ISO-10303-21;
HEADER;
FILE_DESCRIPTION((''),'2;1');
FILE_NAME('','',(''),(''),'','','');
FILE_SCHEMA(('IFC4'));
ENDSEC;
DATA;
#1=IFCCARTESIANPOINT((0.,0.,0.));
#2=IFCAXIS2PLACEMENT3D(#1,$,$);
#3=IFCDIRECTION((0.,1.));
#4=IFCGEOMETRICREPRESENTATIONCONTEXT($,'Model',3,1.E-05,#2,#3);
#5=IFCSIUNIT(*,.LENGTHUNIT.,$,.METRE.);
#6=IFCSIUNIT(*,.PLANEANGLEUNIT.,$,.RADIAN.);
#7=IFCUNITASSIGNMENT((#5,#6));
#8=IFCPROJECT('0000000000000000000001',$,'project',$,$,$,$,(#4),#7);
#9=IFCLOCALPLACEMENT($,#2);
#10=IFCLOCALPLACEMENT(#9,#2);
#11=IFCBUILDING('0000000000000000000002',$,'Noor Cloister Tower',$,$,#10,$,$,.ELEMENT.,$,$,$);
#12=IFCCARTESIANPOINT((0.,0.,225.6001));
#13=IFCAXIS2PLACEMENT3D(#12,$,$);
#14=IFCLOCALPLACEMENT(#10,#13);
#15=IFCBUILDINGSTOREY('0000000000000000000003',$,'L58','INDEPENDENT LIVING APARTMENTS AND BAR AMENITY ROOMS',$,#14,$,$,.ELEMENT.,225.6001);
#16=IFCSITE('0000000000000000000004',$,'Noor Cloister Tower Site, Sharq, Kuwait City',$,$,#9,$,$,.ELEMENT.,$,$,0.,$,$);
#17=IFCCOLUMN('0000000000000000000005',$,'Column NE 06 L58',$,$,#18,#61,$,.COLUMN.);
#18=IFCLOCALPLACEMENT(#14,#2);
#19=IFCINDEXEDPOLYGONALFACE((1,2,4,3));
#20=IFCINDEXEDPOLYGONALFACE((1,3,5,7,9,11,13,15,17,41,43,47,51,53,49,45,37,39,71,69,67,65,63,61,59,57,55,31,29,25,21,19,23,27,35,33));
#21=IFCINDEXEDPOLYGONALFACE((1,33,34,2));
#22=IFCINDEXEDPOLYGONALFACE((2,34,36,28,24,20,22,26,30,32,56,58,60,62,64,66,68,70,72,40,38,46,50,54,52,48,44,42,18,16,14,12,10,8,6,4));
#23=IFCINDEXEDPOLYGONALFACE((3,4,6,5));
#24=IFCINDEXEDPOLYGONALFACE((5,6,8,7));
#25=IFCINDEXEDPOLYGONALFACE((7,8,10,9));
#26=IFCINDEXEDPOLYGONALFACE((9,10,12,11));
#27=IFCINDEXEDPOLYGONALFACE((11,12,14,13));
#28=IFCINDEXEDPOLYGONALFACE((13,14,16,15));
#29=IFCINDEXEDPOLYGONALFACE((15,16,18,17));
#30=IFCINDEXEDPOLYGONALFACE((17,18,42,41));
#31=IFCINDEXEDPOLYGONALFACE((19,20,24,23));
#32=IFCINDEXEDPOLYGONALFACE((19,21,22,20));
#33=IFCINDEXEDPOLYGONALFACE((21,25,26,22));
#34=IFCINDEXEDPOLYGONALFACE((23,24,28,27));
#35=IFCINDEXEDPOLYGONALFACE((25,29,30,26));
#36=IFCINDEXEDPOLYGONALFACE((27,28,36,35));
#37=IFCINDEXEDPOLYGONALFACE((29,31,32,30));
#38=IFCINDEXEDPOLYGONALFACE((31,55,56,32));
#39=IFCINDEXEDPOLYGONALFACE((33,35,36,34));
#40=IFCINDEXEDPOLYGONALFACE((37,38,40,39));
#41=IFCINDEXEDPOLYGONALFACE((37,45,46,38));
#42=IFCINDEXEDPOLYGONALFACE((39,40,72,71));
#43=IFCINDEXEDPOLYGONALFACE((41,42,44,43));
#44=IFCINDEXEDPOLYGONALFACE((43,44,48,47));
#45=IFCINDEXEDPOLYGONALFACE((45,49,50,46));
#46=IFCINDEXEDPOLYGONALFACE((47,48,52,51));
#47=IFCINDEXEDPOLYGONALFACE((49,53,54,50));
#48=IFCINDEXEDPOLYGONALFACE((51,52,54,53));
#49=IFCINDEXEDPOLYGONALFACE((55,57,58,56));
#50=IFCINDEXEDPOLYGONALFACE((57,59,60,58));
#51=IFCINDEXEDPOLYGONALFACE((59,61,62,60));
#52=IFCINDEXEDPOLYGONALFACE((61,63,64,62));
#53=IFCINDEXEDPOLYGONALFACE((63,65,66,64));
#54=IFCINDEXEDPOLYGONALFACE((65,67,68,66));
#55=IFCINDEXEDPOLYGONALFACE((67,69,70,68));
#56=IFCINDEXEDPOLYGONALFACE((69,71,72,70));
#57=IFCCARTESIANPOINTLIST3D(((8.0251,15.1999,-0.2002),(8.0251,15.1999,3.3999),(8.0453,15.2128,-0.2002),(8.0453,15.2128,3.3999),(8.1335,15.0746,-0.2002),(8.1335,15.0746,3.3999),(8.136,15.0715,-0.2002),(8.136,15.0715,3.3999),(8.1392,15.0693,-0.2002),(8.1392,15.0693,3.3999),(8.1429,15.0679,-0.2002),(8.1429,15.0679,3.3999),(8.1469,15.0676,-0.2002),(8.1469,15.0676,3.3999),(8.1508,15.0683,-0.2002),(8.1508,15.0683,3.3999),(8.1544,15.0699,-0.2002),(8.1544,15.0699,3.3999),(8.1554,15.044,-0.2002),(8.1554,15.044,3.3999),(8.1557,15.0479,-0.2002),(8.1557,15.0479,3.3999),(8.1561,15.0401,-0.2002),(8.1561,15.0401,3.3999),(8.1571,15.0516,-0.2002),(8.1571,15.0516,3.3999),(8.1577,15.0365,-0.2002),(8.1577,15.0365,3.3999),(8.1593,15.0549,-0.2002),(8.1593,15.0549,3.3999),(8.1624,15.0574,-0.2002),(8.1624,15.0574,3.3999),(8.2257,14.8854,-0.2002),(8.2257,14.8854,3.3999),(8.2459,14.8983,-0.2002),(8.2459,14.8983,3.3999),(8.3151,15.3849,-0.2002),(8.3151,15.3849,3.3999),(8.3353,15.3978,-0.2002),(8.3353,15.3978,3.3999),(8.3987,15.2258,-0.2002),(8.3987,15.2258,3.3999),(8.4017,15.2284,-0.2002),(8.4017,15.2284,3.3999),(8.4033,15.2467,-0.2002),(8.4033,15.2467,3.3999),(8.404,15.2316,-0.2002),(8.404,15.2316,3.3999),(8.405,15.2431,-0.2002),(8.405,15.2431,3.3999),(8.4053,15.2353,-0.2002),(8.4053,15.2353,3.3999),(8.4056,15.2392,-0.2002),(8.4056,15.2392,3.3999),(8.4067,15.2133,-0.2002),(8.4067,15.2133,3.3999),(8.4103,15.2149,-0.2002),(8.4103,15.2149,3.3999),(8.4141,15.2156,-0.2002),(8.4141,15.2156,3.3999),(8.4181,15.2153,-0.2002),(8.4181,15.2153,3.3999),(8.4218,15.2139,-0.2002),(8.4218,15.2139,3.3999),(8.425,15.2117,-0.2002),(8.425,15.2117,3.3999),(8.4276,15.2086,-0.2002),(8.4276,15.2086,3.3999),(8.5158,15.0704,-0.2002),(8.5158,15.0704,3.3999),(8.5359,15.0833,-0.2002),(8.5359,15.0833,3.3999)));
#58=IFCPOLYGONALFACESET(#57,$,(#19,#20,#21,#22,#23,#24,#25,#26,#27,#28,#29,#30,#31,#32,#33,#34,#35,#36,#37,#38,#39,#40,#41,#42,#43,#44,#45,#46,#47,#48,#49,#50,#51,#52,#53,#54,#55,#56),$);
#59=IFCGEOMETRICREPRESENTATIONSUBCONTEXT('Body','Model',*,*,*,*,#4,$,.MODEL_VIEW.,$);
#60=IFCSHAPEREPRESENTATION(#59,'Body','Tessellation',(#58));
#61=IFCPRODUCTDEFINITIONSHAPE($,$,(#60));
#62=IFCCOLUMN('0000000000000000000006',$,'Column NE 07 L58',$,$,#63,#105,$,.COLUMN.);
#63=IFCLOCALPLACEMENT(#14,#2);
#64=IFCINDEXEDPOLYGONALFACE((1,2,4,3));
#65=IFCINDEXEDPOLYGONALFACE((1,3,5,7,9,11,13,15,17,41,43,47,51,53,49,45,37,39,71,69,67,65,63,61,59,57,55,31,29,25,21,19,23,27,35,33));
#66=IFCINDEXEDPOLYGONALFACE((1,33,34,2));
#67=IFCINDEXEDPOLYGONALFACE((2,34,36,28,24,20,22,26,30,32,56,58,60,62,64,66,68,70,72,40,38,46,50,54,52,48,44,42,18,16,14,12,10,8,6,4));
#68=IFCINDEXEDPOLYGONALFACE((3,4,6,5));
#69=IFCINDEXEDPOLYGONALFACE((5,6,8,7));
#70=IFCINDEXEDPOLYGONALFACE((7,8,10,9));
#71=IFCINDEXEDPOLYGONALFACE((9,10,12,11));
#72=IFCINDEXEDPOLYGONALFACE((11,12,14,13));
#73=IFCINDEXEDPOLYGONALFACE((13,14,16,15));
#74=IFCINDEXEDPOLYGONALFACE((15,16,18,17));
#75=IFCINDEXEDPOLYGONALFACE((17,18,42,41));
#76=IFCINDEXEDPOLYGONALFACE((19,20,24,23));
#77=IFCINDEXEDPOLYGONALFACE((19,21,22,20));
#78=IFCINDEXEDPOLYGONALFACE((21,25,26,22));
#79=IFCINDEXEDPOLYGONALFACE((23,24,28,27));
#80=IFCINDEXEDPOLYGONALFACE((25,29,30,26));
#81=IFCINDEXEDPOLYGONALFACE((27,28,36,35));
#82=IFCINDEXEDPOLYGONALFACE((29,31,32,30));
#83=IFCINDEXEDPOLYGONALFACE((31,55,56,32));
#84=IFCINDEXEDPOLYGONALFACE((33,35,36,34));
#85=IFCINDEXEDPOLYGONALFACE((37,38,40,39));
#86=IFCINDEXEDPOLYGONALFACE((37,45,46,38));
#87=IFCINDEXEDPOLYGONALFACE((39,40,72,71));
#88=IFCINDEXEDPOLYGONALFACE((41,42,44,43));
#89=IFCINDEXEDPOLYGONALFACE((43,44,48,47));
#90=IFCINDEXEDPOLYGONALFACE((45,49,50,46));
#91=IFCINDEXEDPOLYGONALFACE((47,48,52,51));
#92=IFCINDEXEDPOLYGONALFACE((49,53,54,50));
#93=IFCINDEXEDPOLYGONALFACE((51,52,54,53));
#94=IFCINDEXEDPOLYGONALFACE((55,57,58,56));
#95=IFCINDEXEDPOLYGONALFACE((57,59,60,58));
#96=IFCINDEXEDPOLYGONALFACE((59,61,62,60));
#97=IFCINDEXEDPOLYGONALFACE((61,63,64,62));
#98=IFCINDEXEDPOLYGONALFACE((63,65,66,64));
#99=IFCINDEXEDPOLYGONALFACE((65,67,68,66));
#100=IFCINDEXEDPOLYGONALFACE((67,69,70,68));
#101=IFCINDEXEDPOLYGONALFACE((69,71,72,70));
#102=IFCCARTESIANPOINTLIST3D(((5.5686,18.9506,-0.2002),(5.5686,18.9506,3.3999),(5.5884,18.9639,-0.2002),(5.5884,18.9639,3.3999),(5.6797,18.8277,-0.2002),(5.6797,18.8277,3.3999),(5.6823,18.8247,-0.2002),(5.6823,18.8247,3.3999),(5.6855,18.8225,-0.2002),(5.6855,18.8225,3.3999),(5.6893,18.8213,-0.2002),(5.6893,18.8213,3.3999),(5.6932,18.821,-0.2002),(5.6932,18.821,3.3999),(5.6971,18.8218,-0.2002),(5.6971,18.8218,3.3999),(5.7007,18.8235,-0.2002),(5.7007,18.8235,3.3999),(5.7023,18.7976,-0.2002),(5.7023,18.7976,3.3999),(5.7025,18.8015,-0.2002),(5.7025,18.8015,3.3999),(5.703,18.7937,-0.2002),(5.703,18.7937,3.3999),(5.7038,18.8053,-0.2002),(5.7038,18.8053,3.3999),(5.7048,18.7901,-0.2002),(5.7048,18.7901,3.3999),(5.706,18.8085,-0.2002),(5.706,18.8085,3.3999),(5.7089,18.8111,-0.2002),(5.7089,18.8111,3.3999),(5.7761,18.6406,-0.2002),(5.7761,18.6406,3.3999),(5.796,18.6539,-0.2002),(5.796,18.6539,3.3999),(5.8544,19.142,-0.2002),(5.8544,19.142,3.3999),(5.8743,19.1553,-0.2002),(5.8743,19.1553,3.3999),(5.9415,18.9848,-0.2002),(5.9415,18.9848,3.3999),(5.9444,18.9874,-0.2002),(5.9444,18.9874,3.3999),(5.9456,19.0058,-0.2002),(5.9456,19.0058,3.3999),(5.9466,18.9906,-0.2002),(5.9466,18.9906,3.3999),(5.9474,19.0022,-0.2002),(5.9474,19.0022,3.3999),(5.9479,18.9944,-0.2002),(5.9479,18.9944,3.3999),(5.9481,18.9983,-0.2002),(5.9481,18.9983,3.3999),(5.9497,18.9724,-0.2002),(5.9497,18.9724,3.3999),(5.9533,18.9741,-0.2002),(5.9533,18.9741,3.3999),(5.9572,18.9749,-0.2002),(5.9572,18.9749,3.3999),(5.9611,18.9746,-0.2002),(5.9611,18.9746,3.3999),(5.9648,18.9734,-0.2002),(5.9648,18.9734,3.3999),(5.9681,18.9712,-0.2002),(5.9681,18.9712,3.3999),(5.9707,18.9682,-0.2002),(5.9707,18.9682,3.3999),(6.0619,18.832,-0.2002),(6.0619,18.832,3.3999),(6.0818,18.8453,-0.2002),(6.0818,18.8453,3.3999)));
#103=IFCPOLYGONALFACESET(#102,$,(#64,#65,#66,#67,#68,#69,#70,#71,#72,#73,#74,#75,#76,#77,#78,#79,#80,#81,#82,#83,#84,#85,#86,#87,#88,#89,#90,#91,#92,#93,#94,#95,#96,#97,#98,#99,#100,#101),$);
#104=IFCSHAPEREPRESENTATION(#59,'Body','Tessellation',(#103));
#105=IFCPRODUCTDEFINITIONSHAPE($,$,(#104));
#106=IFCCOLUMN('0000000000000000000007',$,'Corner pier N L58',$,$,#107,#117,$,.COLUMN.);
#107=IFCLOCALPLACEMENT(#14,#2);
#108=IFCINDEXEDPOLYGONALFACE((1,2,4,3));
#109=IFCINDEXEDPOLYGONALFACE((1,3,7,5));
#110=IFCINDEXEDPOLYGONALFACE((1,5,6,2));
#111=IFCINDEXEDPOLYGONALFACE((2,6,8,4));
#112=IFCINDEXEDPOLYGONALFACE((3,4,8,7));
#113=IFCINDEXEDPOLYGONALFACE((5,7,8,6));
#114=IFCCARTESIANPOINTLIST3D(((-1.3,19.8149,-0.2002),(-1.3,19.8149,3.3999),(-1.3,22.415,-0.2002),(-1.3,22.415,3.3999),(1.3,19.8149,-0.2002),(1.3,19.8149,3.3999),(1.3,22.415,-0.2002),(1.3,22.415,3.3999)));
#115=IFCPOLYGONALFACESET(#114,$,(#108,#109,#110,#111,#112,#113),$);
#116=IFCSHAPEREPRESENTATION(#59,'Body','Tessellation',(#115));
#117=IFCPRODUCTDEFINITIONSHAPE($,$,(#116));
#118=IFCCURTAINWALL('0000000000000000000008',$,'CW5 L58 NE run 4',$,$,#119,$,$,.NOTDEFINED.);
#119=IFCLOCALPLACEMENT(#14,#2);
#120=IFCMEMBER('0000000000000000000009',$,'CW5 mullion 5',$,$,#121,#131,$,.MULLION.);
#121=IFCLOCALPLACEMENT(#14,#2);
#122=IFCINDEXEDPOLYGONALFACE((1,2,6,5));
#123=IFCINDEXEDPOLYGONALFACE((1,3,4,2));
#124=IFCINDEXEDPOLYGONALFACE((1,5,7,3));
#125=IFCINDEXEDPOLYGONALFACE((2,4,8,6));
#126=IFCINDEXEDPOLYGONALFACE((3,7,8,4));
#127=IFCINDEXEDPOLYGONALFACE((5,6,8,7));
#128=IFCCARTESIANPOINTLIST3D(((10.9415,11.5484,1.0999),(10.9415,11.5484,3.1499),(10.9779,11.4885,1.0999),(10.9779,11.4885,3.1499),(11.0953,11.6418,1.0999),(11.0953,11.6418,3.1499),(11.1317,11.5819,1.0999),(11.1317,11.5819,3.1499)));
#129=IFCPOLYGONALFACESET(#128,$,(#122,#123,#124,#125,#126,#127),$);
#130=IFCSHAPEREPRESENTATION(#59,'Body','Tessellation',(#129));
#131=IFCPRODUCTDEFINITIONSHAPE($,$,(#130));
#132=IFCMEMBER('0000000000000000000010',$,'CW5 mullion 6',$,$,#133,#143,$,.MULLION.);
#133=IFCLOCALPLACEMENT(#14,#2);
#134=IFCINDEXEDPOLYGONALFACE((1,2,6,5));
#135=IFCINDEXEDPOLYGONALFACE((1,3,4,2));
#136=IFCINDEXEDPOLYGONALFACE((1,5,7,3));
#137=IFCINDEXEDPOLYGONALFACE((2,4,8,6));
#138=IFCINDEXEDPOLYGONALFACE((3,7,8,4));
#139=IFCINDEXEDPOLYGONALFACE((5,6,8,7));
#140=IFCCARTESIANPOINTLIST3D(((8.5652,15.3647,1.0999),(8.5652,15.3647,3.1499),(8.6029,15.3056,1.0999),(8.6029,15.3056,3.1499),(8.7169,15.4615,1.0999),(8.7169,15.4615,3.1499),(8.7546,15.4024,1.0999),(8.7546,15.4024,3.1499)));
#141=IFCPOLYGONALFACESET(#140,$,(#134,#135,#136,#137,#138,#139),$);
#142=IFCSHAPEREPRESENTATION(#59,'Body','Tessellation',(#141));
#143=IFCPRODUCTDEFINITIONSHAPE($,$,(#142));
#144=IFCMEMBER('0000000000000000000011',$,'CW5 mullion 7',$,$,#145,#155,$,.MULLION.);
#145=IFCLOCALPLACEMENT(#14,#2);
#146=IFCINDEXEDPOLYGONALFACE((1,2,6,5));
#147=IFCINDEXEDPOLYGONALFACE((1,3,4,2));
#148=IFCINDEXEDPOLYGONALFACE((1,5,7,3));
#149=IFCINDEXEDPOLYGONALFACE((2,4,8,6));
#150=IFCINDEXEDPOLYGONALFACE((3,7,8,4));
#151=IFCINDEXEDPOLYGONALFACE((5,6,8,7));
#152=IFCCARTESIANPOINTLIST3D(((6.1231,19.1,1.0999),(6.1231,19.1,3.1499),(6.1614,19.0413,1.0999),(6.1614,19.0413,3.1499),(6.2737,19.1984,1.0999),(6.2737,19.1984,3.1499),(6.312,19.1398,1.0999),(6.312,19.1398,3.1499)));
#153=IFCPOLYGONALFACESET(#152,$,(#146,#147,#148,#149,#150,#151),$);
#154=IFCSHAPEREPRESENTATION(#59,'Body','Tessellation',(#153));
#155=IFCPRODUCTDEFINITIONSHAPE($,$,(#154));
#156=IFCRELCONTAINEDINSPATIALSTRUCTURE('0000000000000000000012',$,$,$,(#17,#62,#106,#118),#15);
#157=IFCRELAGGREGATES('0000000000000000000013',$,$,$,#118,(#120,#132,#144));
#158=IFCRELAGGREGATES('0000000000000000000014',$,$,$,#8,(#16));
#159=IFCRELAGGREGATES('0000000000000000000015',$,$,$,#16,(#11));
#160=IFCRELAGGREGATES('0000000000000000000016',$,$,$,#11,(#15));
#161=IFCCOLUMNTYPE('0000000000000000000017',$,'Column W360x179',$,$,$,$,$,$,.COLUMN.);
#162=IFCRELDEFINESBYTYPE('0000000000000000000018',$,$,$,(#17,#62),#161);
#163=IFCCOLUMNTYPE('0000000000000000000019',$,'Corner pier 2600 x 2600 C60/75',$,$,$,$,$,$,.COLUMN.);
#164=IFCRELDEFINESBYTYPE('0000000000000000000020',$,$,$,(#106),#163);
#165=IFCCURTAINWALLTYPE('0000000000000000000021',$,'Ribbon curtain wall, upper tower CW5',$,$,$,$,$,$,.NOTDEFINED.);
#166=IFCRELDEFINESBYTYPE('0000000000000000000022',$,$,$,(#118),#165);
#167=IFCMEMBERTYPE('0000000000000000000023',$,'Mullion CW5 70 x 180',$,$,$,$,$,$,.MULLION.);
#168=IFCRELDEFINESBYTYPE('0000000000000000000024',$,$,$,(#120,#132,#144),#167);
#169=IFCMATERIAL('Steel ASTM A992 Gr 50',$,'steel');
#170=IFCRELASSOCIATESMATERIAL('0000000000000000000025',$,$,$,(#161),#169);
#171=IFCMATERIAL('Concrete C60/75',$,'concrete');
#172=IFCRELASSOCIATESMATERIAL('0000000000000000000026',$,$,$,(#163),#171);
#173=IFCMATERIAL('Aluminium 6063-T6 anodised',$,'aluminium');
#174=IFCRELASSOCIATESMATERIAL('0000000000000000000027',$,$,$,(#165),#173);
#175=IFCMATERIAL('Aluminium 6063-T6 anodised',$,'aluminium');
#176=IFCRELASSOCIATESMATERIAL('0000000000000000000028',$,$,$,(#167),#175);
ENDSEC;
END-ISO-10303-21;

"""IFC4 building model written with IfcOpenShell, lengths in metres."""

from ifc_helpers import new_model, si_unit, direction, frame, origin, origin_2d, place, context, subcontext, project, spatial, rectangle, i_section, extrude, material, material_profile, profile_set, type_object, element, aggregate, save


model = new_model("IFC4")

# Units and contexts
model_context = context("Model", 3, precision=1e-05, world=origin(), true_north=direction((0.0, 1.0)))
body_context = subcontext(model_context, "Body", "Model", "MODEL_VIEW")
ifc_project = project(units=[si_unit("LENGTHUNIT", "METRE"), si_unit("PLANEANGLEUNIT", "RADIAN")], contexts=[model_context])

# Site, building, storey
site_placement = place(None, origin())
site = spatial("IfcSite", under=ifc_project, at=site_placement, Name="Noor Cloister Tower Site, Sharq, Kuwait City", CompositionType="ELEMENT", RefElevation=0.0)
building_placement = place(site_placement, origin())
building = spatial("IfcBuilding", under=site, at=building_placement, Name="Noor Cloister Tower", CompositionType="ELEMENT")
storey_placement = place(building_placement, frame((0.0, 0.0, 225.6001)))
storey = spatial("IfcBuildingStorey", under=building, at=storey_placement, Name="L58", Description="INDEPENDENT LIVING APARTMENTS AND BAR AMENITY ROOMS", CompositionType="ELEMENT", Elevation=225.6001)

# Columns
ifc_material_1 = material(Name="Steel ASTM A992 Gr 50", Category="steel")
ifc_material_profile_1 = material_profile(ifc_material_1, i_section(OverallWidth=0.373, OverallDepth=0.3679, WebThickness=0.0149, FlangeThickness=0.0239, FilletRadius=0.0151, at=origin_2d()), Name="W360x179")
ifc_profile_set_1 = profile_set([ifc_material_profile_1], Name="Steel ASTM A992 Gr 50")
column_type_1 = type_object("IfcColumnType", Name="Column W360x179", PredefinedType="COLUMN", material=ifc_profile_set_1)
for number, where, z_axis, x_axis, name in (
    (1, (8.2805, 15.1416, -0.2002), (0.0, 0.0, 1.0), (-0.537834, 0.843051, 0.0), "Column NE 06 L58"),
    (2, (5.8252, 18.8979, -0.2002), (0.0, 0.0, 1.0), (-0.55636, 0.830941, 0.0), "Column NE 07 L58"),
):
    element("IfcColumn", number, at=place(storey_placement, frame(where, z_axis=z_axis, x_axis=x_axis)), inside=storey, type_object=column_type_1, Name=name, PredefinedType="COLUMN", context=body_context, shape_type="SweptSolid", body=[
        extrude(i_section(OverallWidth=0.373, OverallDepth=0.3679, WebThickness=0.0149, FlangeThickness=0.0239, FilletRadius=0.0151, at=origin_2d()), origin(), (0.0, 0.0, 1.0), 3.6001),
    ])
ifc_material_2 = material(Name="Concrete C60/75", Category="concrete")
ifc_material_profile_2 = material_profile(ifc_material_2, rectangle(XDim=2.6001, YDim=2.6001, at=origin_2d()), Name="RC 2600x2600")
ifc_profile_set_2 = profile_set([ifc_material_profile_2], Name="Concrete C60/75")
column_type_2 = type_object("IfcColumnType", Name="Corner pier 2600 x 2600 C60/75", PredefinedType="COLUMN", material=ifc_profile_set_2)
column_placement = place(storey_placement, frame((0.0, 21.115, -0.2002), z_axis=(0.0, 0.0, 1.0), x_axis=(0.0, 1.0, 0.0)))
element("IfcColumn", 3, at=column_placement, inside=storey, type_object=column_type_2, Name="Corner pier N L58", PredefinedType="COLUMN", context=body_context, shape_type="SweptSolid", body=[
    extrude(rectangle(XDim=2.6001, YDim=2.6001, at=origin_2d()), origin(), (0.0, 0.0, 1.0), 3.6001),
])

# Curtain wall, members
ifc_material_3 = material(Name="Aluminium 6063-T6 anodised", Category="aluminium")
curtain_wall_type = type_object("IfcCurtainWallType", Name="Ribbon curtain wall, upper tower CW5", PredefinedType="NOTDEFINED", material=ifc_material_3)
curtain_wall_placement = place(storey_placement, origin())
curtain_wall = element("IfcCurtainWall", 4, at=curtain_wall_placement, inside=storey, type_object=curtain_wall_type, Name="CW5 L58 NE run 4", PredefinedType="NOTDEFINED")
ifc_material_4 = material(Name="Aluminium 6063-T6 anodised", Category="aluminium")
ifc_material_profile_3 = material_profile(ifc_material_4, rectangle(XDim=0.1799, YDim=0.0701, at=origin_2d()), Name="180 x 70 mullion")
ifc_profile_set_3 = profile_set([ifc_material_profile_3], Name="Aluminium 6063-T6 anodised")
member_type = type_object("IfcMemberType", Name="Mullion CW5 70 x 180", PredefinedType="MULLION", material=ifc_profile_set_3)
member_1_placement = place(storey_placement, frame((11.0366, 11.5652, 1.0999), z_axis=(0.0, 0.0, 1.0), x_axis=(-0.854747, -0.519044, 0.0)))
member_1 = element("IfcMember", 5, at=member_1_placement, type_object=member_type, Name="CW5 mullion 5", PredefinedType="MULLION", context=body_context, shape_type="SweptSolid", body=[
    extrude(rectangle(XDim=0.1799, YDim=0.0701, at=origin_2d()), origin(), (0.0, 0.0, 1.0), 2.05),
])
member_2_placement = place(storey_placement, frame((8.6599, 15.3835, 1.0999), z_axis=(0.0, 0.0, 1.0), x_axis=(-0.843051, -0.537834, 0.0)))
member_2 = element("IfcMember", 6, at=member_2_placement, type_object=member_type, Name="CW5 mullion 6", PredefinedType="MULLION", context=body_context, shape_type="SweptSolid", body=[
    extrude(rectangle(XDim=0.1799, YDim=0.0701, at=origin_2d()), origin(), (0.0, 0.0, 1.0), 2.05),
])
member_3_placement = place(storey_placement, frame((6.2175, 19.1199, 1.0999), z_axis=(0.0, 0.0, 1.0), x_axis=(-0.837047, -0.547131, 0.0)))
member_3 = element("IfcMember", 7, at=member_3_placement, type_object=member_type, Name="CW5 mullion 7", PredefinedType="MULLION", context=body_context, shape_type="SweptSolid", body=[
    extrude(rectangle(XDim=0.1799, YDim=0.0701, at=origin_2d()), origin(), (0.0, 0.0, 1.0), 2.05),
])

aggregate(curtain_wall, [member_1, member_2, member_3])

save(model, "model.ifc")
